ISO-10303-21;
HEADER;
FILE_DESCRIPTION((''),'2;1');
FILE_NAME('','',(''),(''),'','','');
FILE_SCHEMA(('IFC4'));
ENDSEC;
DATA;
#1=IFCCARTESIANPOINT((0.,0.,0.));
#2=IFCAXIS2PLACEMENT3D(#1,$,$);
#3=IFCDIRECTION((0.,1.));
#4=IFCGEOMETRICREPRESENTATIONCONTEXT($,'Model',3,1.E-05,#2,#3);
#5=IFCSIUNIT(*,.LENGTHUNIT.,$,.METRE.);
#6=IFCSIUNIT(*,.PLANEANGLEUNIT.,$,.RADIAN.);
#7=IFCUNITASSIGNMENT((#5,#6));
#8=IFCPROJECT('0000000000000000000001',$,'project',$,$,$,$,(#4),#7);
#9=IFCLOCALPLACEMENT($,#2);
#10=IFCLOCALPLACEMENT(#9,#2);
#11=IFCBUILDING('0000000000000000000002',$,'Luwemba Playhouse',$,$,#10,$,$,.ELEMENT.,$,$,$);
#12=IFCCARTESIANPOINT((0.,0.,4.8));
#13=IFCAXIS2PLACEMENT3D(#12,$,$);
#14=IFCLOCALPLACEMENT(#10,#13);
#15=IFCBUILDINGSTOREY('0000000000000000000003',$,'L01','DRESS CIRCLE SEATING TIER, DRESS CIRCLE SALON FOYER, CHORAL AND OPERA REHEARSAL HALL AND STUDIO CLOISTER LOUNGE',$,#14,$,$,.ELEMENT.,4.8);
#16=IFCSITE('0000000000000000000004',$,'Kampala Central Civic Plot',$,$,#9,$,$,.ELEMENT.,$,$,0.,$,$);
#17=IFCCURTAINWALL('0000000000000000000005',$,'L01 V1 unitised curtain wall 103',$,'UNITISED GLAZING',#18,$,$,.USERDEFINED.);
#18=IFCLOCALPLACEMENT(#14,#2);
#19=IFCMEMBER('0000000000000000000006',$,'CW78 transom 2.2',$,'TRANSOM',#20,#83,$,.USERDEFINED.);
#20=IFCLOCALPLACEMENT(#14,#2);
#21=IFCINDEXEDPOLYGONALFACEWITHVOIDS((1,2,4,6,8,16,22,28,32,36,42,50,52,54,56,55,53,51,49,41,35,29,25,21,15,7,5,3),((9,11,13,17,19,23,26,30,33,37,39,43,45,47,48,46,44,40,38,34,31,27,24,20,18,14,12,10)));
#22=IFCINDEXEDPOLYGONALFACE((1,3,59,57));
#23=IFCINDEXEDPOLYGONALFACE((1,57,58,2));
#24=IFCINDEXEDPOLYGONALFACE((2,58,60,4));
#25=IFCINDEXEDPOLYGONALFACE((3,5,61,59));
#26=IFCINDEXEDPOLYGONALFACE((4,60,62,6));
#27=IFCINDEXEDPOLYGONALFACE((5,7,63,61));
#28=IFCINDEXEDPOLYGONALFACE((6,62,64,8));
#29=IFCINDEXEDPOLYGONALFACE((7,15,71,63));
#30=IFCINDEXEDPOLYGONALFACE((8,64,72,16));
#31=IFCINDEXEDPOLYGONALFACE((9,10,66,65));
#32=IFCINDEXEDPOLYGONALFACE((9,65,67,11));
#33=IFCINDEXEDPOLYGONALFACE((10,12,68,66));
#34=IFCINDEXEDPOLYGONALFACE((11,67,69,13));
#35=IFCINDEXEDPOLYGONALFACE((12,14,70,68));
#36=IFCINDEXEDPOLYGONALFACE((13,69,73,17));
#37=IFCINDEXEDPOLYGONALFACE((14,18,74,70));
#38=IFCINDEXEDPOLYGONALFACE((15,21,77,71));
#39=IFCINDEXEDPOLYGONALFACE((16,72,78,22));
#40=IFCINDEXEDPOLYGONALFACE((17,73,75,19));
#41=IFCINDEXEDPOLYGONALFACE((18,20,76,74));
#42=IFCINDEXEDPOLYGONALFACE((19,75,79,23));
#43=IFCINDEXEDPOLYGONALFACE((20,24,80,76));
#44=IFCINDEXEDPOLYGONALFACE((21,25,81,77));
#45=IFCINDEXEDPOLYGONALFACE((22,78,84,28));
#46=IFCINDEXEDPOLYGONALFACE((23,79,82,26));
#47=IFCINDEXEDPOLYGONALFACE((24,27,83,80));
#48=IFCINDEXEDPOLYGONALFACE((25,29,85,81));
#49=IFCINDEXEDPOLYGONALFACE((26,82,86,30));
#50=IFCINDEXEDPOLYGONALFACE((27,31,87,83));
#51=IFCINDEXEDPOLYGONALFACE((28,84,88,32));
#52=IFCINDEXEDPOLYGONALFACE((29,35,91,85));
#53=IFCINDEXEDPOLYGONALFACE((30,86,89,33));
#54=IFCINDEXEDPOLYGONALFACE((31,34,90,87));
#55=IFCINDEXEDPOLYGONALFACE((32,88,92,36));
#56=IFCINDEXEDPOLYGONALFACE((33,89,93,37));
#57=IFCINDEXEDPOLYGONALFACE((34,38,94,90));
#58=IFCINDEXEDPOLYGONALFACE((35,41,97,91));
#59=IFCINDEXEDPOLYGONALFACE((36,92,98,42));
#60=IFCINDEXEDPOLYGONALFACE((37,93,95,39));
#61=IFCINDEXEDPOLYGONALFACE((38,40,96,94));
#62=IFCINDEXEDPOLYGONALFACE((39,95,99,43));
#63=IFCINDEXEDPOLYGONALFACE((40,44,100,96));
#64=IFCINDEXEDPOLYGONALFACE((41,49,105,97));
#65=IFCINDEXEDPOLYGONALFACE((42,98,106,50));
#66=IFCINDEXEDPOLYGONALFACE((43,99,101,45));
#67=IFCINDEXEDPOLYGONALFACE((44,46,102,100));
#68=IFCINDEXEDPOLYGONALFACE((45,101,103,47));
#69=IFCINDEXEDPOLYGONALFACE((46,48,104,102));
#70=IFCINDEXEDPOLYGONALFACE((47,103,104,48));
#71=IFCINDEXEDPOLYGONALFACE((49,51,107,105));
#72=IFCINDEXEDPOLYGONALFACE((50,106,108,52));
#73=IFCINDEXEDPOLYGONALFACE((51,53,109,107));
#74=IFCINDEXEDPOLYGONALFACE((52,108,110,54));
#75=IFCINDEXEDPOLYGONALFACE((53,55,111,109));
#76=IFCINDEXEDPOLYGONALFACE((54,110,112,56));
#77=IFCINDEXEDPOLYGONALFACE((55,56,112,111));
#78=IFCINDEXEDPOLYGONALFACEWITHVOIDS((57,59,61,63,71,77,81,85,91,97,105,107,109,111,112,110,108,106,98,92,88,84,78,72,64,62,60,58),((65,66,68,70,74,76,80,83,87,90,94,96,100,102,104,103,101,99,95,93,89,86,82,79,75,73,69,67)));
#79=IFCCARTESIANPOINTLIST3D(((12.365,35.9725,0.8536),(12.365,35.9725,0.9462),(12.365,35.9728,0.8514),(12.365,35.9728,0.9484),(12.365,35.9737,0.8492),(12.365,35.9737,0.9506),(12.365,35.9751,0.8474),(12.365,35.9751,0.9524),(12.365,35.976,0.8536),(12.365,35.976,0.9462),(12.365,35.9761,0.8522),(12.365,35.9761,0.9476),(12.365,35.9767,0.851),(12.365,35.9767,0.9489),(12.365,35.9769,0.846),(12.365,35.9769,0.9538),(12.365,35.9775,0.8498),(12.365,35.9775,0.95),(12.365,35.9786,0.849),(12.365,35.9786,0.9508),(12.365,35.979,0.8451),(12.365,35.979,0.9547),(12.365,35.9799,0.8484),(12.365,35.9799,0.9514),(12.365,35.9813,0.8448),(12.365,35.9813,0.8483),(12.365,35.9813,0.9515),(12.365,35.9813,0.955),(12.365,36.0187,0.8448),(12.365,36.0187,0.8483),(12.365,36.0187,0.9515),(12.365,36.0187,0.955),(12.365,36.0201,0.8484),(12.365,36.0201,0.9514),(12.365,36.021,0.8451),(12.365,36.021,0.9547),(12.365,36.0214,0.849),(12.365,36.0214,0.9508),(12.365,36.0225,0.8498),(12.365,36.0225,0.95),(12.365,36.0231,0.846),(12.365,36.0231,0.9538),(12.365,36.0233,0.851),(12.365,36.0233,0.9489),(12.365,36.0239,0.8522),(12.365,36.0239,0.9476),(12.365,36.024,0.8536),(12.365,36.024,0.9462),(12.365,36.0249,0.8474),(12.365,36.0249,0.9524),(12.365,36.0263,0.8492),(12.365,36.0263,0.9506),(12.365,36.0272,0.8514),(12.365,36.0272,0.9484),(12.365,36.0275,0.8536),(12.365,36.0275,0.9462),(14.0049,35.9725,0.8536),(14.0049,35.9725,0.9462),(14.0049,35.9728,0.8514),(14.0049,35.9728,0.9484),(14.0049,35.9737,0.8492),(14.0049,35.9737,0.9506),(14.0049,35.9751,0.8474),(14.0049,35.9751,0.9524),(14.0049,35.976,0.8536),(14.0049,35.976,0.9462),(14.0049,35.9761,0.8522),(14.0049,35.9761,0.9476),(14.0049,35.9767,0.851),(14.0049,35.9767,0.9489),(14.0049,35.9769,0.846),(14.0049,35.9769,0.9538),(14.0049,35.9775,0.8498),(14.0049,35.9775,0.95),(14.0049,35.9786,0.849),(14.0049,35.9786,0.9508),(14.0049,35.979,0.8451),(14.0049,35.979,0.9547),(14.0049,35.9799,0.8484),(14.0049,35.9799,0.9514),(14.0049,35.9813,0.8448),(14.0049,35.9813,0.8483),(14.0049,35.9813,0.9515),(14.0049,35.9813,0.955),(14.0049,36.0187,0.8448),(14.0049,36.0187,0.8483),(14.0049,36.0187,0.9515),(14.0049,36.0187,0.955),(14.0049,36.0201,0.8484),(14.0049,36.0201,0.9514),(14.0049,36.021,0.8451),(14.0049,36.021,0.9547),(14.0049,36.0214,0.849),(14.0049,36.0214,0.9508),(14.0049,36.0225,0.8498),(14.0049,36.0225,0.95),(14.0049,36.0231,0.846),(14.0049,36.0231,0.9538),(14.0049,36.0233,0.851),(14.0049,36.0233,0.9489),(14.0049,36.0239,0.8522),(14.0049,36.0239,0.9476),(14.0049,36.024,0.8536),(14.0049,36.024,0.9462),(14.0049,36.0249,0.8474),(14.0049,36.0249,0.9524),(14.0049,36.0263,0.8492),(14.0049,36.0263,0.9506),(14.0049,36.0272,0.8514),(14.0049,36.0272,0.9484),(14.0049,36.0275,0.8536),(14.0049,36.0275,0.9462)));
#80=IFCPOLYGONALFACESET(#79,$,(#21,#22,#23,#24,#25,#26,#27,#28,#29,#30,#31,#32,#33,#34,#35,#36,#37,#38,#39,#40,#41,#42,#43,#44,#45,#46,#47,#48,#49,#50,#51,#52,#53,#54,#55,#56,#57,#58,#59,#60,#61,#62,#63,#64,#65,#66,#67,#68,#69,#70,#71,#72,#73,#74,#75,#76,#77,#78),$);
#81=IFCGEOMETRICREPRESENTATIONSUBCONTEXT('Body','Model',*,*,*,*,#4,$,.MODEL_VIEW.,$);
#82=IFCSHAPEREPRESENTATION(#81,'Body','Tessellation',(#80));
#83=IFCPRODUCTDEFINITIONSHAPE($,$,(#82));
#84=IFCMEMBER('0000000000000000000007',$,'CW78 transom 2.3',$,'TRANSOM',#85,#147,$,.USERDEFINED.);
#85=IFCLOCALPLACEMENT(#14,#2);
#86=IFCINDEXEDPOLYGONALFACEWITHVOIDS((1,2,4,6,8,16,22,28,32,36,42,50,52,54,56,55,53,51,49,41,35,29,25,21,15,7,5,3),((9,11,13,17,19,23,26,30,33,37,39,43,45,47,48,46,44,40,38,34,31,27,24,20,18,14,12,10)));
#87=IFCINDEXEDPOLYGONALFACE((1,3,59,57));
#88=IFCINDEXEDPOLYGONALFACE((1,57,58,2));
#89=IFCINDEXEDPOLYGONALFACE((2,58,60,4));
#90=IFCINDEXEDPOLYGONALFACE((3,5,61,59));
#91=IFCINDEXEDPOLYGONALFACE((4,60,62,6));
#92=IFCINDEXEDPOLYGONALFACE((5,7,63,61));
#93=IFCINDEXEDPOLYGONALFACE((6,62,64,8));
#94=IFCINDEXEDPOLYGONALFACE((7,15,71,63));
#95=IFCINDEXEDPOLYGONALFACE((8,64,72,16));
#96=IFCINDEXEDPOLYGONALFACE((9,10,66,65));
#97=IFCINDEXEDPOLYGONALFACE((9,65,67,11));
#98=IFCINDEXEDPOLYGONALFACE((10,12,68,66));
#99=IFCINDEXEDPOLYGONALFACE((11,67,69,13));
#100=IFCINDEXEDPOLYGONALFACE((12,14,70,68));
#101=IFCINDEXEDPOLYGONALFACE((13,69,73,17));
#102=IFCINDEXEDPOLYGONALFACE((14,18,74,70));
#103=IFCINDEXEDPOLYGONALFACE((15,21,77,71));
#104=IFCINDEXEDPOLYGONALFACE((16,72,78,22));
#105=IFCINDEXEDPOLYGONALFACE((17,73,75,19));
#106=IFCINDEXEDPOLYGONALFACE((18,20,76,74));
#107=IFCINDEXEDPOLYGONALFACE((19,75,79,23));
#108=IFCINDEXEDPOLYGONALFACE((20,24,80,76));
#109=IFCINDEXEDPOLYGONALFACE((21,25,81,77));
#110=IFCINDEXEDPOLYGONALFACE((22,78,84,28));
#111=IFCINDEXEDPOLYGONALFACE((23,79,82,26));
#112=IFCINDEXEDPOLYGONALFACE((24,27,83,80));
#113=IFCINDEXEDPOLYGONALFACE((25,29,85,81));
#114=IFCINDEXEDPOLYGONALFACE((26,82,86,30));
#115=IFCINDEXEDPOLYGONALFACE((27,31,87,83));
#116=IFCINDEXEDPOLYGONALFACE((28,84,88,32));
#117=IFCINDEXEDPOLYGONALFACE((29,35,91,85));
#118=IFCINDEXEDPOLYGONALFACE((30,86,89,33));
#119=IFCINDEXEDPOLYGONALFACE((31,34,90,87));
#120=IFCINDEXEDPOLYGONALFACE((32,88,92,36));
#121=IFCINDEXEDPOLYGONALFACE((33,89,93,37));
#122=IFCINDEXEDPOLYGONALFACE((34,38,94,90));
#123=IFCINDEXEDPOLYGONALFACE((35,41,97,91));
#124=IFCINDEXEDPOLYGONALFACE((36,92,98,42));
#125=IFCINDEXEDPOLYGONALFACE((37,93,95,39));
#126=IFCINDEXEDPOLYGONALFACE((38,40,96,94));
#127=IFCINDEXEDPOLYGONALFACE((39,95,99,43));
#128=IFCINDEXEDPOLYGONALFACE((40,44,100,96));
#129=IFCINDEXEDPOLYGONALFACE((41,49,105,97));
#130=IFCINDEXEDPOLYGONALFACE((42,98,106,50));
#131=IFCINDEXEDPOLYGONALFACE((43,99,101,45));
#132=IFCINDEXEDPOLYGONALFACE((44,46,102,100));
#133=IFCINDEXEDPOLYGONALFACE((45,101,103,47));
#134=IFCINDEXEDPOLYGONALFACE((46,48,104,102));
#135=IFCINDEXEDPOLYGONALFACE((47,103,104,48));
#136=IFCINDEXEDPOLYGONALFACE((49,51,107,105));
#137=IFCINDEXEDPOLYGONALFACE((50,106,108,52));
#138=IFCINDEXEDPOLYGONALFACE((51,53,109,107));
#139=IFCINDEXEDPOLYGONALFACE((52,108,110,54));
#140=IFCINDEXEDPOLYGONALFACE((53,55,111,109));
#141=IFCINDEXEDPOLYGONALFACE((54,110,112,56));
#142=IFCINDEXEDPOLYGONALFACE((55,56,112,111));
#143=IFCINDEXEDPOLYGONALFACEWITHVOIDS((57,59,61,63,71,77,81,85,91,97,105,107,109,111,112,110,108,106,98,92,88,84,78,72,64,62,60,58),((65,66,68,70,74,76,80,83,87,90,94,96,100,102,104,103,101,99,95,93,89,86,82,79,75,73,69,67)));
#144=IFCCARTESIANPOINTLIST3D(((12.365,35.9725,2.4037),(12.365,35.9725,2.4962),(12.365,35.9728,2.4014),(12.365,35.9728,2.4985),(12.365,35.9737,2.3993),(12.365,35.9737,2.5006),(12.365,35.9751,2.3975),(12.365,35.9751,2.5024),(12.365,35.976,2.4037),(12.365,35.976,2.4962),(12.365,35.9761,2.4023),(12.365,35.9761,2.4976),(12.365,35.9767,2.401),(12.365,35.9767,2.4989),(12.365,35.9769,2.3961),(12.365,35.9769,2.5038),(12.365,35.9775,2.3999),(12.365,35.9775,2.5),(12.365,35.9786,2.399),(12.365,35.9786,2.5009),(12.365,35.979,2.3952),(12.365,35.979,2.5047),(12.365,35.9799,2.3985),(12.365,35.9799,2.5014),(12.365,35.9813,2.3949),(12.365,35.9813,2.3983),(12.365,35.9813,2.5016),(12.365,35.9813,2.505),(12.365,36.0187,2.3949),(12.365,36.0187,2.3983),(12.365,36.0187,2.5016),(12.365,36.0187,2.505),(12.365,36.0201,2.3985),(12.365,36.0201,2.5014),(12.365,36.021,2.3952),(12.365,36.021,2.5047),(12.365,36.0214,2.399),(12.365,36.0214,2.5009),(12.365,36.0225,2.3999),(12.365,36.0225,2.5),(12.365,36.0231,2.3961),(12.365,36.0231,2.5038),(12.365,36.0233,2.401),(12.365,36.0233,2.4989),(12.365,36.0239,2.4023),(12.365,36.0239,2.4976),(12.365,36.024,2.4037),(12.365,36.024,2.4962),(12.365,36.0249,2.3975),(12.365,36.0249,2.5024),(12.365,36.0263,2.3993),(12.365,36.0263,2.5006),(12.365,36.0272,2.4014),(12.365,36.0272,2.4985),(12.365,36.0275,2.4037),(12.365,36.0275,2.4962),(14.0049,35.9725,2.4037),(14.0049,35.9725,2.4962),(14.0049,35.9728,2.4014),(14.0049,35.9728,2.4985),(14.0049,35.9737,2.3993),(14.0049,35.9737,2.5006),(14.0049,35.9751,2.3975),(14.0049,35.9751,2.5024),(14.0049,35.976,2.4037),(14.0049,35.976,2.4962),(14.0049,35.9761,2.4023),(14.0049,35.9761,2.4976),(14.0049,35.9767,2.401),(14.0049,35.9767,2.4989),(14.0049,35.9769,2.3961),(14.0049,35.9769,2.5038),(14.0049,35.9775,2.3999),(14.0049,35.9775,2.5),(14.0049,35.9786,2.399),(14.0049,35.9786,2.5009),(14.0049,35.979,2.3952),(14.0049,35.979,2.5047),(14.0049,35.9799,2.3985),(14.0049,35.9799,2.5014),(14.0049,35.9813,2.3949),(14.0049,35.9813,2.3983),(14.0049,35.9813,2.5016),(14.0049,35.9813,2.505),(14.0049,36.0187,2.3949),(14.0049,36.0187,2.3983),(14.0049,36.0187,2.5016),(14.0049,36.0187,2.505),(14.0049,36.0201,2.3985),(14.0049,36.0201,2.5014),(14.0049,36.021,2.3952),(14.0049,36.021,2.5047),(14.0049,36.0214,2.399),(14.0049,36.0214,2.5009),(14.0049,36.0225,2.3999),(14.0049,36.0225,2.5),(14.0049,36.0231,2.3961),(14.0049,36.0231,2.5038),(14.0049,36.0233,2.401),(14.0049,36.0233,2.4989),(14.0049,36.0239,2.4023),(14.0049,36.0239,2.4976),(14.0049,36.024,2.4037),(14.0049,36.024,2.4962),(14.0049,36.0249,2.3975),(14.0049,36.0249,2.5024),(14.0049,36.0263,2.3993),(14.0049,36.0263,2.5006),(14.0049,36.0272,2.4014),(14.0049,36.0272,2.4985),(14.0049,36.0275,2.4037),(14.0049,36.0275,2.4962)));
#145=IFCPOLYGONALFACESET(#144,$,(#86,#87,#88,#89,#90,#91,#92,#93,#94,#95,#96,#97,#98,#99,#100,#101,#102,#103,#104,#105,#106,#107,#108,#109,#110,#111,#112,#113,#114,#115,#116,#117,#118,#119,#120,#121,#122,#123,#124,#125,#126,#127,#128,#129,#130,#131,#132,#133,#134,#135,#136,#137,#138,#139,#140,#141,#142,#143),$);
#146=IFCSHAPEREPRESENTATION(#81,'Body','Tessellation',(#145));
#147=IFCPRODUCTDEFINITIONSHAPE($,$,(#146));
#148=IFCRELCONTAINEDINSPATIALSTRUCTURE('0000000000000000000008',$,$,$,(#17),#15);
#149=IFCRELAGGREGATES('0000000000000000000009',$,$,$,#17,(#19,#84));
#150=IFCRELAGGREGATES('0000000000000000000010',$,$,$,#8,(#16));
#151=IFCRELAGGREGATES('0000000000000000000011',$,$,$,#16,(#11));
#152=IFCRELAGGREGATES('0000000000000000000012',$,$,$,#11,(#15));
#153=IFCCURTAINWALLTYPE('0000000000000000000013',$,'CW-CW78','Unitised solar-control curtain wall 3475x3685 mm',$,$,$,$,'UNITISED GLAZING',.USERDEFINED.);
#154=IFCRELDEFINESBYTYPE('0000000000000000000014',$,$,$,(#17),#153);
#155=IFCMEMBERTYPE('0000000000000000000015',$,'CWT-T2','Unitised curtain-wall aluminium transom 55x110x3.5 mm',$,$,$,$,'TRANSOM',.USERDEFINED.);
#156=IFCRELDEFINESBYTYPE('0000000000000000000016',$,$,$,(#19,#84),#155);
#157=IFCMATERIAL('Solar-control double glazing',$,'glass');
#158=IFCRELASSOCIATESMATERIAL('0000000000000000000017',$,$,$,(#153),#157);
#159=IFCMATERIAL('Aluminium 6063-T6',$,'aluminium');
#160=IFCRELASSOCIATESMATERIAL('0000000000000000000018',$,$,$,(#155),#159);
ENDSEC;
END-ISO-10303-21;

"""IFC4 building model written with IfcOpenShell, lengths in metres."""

from ifc_helpers import new_model, si_unit, direction, frame, origin, origin_2d, place, context, subcontext, project, spatial, hollow_rectangle, extrude, material, material_profile, profile_set, type_object, element, aggregate, save


model = new_model("IFC4")

# Units and contexts
model_context = context("Model", 3, precision=1e-05, world=origin(), true_north=direction((0.0, 1.0)))
body_context = subcontext(model_context, "Body", "Model", "MODEL_VIEW")
ifc_project = project(units=[si_unit("LENGTHUNIT", "METRE"), si_unit("PLANEANGLEUNIT", "RADIAN")], contexts=[model_context])

# Site, building, storey
site_placement = place(None, origin())
site = spatial("IfcSite", under=ifc_project, at=site_placement, Name="Kampala Central Civic Plot", CompositionType="ELEMENT", RefElevation=0.0)
building_placement = place(site_placement, origin())
building = spatial("IfcBuilding", under=site, at=building_placement, Name="Luwemba Playhouse", CompositionType="ELEMENT")
storey_placement = place(building_placement, frame((0.0, 0.0, 4.8)))
storey = spatial("IfcBuildingStorey", under=building, at=storey_placement, Name="L01", Description="DRESS CIRCLE SEATING TIER, DRESS CIRCLE SALON FOYER, CHORAL AND OPERA REHEARSAL HALL AND STUDIO CLOISTER LOUNGE", CompositionType="ELEMENT", Elevation=4.8)

# Curtain wall, members
ifc_material_1 = material(Name="Solar-control double glazing", Category="glass")
curtain_wall_type = type_object("IfcCurtainWallType", Name="CW-CW78", Description="Unitised solar-control curtain wall 3475x3685 mm", ElementType="UNITISED GLAZING", PredefinedType="USERDEFINED", material=ifc_material_1)
curtain_wall_placement = place(storey_placement, origin())
curtain_wall = element("IfcCurtainWall", 1, at=curtain_wall_placement, inside=storey, type_object=curtain_wall_type, Name="L01 V1 unitised curtain wall 103", ObjectType="UNITISED GLAZING", PredefinedType="USERDEFINED")
ifc_material_2 = material(Name="Aluminium 6063-T6", Category="aluminium")
ifc_material_profile_1 = material_profile(ifc_material_2, hollow_rectangle(XDim=0.0549, YDim=0.1101, WallThickness=0.0034, InnerFilletRadius=0.0054, OuterFilletRadius=0.0088, at=origin_2d()))
ifc_profile_set_1 = profile_set([ifc_material_profile_1], Name="Aluminium 6063-T6")
member_type_1 = type_object("IfcMemberType", Name="CWT-T2", Description="Unitised curtain-wall aluminium transom 55x110x3.5 mm", ElementType="TRANSOM", PredefinedType="USERDEFINED", material=ifc_profile_set_1)
member_1_placement = place(storey_placement, frame((14.0049, 36.0, 0.8999), z_axis=(-1.0, 0.0, 0.0), x_axis=(0.0, -1.0, 0.0)))
member_1 = element("IfcMember", 2, at=member_1_placement, type_object=member_type_1, Name="CW78 transom 2.2", ObjectType="TRANSOM", PredefinedType="USERDEFINED", context=body_context, shape_type="SweptSolid", body=[
    extrude(hollow_rectangle(XDim=0.0549, YDim=0.1101, WallThickness=0.0034, InnerFilletRadius=0.0054, OuterFilletRadius=0.0088, at=origin_2d()), origin(), (0.0, 0.0, 1.0), 1.6399),
])
member_2_placement = place(storey_placement, frame((14.0049, 36.0, 2.45), z_axis=(-1.0, 0.0, 0.0), x_axis=(0.0, -1.0, 0.0)))
member_2 = element("IfcMember", 3, at=member_2_placement, type_object=member_type_1, Name="CW78 transom 2.3", ObjectType="TRANSOM", PredefinedType="USERDEFINED", context=body_context, shape_type="SweptSolid", body=[
    extrude(hollow_rectangle(XDim=0.0549, YDim=0.1101, WallThickness=0.0034, InnerFilletRadius=0.0054, OuterFilletRadius=0.0088, at=origin_2d()), origin(), (0.0, 0.0, 1.0), 1.6399),
])
aggregate(curtain_wall, [member_1, member_2])

save(model, "model.ifc")
